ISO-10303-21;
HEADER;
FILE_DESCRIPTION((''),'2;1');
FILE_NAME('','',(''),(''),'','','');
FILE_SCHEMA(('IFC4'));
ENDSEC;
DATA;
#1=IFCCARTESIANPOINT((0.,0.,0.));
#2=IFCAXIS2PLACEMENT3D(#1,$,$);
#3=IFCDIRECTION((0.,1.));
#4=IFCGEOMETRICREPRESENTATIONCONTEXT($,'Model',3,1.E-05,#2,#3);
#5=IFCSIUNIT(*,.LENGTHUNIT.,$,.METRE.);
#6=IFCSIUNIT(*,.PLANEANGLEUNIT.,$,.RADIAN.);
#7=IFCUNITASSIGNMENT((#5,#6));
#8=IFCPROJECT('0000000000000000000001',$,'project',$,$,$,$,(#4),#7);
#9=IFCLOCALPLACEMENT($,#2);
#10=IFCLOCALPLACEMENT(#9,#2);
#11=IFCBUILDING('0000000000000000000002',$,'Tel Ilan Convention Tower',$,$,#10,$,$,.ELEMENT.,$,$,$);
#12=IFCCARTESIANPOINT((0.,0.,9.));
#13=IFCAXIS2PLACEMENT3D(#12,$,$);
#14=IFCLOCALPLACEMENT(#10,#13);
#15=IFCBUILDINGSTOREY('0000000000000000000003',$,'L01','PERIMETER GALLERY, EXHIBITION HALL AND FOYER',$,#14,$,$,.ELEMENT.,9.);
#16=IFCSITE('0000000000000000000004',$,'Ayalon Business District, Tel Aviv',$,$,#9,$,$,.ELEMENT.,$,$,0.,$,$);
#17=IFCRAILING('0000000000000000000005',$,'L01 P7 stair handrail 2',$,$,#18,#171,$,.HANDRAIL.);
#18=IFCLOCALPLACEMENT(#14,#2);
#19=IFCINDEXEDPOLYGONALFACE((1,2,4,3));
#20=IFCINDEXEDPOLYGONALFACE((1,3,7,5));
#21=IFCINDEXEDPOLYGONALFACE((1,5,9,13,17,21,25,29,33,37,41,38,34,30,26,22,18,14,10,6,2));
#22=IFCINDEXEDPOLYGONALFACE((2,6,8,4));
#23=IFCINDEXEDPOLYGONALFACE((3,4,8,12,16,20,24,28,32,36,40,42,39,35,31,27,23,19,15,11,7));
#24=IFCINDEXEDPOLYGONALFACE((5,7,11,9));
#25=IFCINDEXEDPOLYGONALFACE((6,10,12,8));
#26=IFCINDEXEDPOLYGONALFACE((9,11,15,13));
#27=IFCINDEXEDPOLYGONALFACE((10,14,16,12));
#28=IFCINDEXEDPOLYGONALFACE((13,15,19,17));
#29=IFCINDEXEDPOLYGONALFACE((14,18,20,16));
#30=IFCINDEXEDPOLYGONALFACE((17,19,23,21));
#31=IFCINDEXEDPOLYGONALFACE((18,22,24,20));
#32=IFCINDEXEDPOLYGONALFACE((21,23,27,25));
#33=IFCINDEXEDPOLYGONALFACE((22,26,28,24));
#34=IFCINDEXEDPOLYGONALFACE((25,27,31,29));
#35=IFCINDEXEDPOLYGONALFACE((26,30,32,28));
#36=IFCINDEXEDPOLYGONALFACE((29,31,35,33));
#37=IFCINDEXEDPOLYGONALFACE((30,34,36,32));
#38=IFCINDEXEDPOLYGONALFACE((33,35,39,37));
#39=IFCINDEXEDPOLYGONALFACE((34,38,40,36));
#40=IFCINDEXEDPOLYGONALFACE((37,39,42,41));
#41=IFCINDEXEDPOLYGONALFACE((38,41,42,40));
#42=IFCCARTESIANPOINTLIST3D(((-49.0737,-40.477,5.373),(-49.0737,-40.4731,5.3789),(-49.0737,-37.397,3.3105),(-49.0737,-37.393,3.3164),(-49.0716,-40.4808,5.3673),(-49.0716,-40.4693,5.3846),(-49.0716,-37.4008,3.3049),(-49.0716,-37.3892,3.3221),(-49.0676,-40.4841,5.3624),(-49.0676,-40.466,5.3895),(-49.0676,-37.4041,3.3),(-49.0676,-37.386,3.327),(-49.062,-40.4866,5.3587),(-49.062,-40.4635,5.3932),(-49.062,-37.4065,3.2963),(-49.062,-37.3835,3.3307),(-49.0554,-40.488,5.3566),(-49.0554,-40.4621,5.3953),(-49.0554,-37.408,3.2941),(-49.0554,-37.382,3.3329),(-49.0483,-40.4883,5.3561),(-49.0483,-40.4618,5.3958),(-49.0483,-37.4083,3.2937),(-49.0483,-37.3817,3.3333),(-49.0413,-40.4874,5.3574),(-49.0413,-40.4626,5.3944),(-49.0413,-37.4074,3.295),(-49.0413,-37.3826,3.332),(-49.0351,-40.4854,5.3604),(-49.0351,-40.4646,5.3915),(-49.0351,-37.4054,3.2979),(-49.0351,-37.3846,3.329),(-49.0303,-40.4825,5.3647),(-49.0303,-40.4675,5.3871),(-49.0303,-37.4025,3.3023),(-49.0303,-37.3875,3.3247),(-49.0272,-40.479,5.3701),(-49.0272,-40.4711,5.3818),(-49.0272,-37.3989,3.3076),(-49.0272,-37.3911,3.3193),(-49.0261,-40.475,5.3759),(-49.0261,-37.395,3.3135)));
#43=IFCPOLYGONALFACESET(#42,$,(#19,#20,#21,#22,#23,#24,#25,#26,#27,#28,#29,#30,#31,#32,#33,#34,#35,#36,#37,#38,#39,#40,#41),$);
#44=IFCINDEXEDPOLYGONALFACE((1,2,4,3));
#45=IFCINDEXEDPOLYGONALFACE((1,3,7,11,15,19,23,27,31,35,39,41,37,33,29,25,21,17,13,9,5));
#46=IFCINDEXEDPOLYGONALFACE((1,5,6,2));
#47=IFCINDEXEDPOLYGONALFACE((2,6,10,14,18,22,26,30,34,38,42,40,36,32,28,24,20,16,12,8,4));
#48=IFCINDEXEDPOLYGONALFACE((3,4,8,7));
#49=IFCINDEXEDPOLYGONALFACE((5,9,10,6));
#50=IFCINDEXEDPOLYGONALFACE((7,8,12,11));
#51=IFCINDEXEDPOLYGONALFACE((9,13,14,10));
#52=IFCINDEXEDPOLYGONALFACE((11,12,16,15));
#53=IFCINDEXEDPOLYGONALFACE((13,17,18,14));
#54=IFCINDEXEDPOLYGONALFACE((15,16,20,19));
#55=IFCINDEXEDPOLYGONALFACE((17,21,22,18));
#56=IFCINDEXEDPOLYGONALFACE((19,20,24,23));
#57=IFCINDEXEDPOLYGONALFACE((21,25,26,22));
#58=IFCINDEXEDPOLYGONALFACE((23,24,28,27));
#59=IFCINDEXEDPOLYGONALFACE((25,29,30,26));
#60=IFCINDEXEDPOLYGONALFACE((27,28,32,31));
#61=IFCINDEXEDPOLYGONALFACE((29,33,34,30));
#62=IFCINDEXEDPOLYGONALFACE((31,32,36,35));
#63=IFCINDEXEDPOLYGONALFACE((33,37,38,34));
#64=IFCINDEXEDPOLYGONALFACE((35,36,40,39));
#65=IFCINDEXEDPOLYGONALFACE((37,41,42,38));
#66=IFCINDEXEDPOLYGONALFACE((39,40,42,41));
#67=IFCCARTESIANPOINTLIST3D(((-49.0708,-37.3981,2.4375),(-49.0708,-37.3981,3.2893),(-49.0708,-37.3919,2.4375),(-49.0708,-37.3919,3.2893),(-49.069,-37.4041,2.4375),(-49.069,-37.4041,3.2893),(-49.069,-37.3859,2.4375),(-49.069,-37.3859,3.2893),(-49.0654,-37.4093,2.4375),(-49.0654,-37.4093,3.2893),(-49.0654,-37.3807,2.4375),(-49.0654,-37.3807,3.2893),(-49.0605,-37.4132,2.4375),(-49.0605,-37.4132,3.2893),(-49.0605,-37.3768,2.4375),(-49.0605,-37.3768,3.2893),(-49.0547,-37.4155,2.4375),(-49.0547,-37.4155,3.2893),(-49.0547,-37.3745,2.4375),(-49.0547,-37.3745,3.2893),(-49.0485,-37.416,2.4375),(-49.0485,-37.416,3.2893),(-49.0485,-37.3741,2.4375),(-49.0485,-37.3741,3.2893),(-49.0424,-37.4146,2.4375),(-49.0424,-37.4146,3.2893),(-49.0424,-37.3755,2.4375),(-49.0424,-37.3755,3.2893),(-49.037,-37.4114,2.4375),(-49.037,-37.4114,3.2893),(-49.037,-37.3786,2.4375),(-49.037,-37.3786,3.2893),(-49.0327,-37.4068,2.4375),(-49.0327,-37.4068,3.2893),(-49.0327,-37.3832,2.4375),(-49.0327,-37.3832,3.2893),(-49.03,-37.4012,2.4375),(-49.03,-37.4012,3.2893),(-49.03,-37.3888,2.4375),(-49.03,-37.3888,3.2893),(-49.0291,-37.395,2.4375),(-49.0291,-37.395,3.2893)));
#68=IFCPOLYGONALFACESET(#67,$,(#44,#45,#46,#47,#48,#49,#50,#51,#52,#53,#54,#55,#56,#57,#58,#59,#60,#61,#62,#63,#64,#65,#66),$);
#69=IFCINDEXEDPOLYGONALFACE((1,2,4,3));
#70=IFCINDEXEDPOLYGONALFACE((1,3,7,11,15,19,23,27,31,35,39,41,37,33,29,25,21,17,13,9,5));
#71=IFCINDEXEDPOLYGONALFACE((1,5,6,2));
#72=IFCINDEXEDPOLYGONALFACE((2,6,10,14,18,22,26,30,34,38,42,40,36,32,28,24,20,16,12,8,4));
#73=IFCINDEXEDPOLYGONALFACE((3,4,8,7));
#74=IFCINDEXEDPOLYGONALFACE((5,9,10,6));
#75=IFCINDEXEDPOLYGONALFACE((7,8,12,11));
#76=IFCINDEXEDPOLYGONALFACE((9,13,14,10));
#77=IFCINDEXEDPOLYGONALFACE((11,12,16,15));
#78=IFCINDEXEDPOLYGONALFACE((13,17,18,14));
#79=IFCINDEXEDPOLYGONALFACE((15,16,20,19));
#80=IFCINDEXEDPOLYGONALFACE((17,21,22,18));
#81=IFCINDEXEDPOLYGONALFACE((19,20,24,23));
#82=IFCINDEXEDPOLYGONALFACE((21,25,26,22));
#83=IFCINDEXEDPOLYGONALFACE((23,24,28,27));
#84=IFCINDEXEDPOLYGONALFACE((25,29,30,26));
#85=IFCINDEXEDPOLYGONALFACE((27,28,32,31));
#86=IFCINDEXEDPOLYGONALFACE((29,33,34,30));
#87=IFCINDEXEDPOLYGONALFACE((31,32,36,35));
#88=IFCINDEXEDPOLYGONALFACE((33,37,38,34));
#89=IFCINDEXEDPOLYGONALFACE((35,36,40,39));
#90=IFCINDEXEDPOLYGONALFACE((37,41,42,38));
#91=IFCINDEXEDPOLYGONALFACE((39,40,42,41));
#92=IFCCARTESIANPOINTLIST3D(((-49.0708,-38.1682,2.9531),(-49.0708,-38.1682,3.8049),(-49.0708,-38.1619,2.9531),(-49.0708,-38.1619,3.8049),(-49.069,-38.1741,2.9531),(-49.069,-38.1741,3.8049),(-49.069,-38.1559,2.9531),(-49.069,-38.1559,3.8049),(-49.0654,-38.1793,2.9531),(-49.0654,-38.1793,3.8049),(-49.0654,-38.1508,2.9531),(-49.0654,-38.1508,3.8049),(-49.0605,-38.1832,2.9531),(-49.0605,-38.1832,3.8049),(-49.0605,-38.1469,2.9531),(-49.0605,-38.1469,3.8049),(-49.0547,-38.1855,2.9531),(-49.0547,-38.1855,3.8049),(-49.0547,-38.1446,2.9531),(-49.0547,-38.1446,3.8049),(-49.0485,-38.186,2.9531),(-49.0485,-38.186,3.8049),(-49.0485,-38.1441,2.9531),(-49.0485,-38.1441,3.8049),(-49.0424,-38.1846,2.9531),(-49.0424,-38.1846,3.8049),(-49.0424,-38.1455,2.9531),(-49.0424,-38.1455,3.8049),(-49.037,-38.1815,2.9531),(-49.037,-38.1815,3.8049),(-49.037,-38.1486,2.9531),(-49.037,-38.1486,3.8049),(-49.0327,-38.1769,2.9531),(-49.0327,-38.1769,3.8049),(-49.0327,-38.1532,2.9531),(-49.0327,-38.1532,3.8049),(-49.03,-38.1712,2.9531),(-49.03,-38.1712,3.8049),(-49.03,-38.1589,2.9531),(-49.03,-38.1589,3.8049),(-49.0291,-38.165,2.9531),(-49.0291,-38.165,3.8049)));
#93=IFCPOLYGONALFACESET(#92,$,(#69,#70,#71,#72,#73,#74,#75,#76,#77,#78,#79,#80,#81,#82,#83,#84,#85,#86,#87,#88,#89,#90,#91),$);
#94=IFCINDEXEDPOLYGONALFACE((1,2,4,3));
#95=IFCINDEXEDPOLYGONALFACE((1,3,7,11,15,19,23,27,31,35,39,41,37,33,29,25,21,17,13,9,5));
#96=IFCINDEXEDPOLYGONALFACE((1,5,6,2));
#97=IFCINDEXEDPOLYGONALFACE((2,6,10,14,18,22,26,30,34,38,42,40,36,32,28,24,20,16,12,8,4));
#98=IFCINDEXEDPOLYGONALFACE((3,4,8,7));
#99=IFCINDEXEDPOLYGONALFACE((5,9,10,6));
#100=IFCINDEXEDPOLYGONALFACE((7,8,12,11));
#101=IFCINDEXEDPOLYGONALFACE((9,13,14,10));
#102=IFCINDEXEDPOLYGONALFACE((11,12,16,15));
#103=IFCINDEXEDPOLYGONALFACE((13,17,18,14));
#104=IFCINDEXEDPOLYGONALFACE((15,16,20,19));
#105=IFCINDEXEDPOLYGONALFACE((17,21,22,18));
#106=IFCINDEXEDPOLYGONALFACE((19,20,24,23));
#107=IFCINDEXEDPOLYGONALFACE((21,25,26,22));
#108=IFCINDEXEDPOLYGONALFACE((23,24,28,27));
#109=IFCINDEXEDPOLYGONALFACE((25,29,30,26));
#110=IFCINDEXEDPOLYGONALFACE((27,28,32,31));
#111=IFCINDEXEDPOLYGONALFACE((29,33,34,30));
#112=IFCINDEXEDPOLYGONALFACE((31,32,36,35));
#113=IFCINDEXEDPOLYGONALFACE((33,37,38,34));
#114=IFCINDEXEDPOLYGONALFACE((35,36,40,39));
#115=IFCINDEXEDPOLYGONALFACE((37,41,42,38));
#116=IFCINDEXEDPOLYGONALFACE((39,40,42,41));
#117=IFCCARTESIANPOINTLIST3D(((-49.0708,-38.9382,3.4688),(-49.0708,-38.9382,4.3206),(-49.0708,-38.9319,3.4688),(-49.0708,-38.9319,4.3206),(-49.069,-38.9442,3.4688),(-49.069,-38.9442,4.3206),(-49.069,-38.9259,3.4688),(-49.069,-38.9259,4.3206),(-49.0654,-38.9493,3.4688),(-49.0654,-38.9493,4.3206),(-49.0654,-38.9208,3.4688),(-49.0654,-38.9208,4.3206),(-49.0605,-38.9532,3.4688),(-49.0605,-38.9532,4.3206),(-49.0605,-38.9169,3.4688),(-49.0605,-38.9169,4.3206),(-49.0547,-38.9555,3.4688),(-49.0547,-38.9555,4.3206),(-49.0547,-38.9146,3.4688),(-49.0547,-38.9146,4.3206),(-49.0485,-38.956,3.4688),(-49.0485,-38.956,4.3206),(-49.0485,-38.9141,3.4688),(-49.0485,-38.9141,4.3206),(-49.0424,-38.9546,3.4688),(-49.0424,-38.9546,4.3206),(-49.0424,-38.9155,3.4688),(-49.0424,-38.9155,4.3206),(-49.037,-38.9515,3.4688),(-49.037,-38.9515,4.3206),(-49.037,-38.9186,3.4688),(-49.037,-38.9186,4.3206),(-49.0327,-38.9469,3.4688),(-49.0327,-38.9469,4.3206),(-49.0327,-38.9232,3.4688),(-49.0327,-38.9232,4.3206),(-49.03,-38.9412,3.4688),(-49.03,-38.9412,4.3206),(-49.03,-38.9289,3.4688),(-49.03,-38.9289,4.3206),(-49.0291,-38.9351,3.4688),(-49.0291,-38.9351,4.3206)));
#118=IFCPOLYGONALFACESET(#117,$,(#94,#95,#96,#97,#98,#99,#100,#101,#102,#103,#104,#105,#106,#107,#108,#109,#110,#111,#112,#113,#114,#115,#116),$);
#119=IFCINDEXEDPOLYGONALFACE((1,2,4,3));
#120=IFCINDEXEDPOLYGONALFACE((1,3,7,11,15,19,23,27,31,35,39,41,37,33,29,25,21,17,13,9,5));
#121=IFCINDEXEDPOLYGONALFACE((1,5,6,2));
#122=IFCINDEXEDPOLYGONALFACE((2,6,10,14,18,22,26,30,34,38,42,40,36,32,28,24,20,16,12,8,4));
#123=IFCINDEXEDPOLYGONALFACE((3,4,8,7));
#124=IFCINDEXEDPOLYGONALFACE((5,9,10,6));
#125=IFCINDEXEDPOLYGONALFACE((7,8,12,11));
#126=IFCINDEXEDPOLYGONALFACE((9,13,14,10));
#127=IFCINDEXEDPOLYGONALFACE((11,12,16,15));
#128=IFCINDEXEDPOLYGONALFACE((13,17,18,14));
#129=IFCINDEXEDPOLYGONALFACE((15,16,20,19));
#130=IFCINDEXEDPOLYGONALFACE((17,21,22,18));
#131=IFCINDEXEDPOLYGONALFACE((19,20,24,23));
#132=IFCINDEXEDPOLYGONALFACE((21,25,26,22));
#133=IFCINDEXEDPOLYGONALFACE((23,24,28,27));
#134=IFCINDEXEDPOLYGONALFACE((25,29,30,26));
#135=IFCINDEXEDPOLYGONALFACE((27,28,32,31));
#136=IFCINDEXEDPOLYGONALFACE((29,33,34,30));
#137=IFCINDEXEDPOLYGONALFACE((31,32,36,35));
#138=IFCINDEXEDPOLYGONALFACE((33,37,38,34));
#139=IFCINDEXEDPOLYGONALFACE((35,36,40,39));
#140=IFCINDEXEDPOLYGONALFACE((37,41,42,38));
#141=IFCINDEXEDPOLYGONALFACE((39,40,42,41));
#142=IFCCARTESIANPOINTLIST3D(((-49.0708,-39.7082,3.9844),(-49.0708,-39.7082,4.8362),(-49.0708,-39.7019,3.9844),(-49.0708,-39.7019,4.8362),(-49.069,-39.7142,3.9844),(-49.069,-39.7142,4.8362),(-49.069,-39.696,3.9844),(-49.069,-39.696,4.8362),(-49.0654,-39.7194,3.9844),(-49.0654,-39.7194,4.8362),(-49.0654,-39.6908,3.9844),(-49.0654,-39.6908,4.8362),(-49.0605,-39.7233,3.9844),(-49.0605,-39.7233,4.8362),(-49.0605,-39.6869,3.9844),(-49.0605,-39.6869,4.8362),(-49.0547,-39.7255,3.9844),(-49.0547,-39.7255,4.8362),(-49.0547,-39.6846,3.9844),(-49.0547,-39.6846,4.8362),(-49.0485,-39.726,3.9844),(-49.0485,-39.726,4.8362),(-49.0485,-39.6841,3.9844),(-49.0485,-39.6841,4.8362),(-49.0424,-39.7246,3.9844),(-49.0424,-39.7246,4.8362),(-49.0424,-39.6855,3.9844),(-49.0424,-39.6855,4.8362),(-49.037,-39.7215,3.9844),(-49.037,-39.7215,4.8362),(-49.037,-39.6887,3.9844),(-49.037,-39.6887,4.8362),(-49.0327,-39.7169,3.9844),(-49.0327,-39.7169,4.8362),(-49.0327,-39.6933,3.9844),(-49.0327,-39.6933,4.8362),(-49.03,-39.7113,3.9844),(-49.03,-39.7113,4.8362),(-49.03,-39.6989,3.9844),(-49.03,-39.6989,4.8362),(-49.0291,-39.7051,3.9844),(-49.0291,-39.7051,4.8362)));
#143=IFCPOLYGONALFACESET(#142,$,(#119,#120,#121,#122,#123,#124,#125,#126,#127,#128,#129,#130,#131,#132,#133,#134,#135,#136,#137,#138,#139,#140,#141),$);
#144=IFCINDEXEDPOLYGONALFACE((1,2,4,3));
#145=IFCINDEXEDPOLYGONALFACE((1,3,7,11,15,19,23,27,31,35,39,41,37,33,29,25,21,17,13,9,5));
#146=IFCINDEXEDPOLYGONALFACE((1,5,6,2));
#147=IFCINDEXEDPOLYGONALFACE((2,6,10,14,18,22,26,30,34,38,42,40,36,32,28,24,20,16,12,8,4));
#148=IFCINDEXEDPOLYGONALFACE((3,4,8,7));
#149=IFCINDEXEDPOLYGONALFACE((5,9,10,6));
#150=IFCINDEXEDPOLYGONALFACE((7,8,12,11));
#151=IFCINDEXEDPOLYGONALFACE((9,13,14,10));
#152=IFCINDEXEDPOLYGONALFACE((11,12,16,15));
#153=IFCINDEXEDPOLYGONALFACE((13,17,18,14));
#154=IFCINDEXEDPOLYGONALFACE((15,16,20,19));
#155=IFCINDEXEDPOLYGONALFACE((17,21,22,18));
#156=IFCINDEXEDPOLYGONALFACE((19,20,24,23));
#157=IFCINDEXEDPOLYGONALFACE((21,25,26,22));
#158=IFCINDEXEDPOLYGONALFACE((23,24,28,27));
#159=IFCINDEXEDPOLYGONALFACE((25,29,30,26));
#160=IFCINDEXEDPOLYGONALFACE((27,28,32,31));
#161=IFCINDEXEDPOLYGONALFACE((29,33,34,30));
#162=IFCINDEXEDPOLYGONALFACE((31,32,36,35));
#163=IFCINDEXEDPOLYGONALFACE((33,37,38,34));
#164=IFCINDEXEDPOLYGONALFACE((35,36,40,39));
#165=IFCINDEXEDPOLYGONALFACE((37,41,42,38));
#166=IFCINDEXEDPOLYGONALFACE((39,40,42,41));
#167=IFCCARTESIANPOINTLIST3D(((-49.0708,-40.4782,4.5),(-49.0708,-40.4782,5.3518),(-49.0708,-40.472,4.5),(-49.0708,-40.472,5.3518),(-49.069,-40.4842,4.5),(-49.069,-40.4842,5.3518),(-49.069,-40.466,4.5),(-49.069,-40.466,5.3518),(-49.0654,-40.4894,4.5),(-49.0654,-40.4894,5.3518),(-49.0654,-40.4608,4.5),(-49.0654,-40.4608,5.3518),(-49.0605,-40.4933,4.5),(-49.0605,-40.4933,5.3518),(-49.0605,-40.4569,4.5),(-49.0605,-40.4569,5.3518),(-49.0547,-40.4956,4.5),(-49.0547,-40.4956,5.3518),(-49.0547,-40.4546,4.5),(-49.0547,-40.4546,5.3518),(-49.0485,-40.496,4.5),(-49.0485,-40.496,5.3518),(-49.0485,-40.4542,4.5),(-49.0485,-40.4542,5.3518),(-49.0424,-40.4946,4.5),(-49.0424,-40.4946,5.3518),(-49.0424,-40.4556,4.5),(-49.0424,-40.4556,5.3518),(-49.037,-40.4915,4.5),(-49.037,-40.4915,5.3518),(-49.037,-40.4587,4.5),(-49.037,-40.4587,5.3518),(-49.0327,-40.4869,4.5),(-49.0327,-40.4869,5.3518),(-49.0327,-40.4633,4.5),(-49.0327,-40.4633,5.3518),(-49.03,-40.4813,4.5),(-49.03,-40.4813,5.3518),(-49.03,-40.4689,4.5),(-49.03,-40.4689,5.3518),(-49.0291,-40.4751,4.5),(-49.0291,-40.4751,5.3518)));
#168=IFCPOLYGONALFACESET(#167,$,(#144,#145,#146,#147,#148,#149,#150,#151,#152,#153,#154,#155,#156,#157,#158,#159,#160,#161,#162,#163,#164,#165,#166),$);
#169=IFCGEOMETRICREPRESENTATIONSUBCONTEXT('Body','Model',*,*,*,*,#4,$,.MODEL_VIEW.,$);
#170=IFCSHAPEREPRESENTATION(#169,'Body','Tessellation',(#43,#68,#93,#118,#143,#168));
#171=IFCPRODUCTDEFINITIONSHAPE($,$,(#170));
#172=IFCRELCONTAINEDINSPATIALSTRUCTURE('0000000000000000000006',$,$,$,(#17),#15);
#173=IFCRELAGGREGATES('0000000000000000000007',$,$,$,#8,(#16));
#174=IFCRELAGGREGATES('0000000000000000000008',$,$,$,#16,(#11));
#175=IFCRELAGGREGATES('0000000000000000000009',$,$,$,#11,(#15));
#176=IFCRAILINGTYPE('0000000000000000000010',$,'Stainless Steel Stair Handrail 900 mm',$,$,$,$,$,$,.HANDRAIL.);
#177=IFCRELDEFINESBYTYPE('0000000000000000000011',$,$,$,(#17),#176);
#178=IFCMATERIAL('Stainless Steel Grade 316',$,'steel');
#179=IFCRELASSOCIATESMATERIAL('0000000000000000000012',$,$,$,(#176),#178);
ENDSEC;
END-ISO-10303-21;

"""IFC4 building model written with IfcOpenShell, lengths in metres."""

from ifc_helpers import new_model, si_unit, direction, frame, origin, origin_2d, place, context, subcontext, project, spatial, circle, extrude, material, type_object, element, save


model = new_model("IFC4")

# Units and contexts
model_context = context("Model", 3, precision=1e-05, world=origin(), true_north=direction((0.0, 1.0)))
body_context = subcontext(model_context, "Body", "Model", "MODEL_VIEW")
ifc_project = project(units=[si_unit("LENGTHUNIT", "METRE"), si_unit("PLANEANGLEUNIT", "RADIAN")], contexts=[model_context])

# Site, building, storey
site_placement = place(None, origin())
site = spatial("IfcSite", under=ifc_project, at=site_placement, Name="Ayalon Business District, Tel Aviv", CompositionType="ELEMENT", RefElevation=0.0)
building_placement = place(site_placement, origin())
building = spatial("IfcBuilding", under=site, at=building_placement, Name="Tel Ilan Convention Tower", CompositionType="ELEMENT")
storey_placement = place(building_placement, frame((0.0, 0.0, 9.0)))
storey = spatial("IfcBuildingStorey", under=building, at=storey_placement, Name="L01", Description="PERIMETER GALLERY, EXHIBITION HALL AND FOYER", CompositionType="ELEMENT", Elevation=9.0)

# Railing
ifc_material_1 = material(Name="Stainless Steel Grade 316", Category="steel")
railing_type_1 = type_object("IfcRailingType", Name="Stainless Steel Stair Handrail 900 mm", PredefinedType="HANDRAIL", material=ifc_material_1)
railing_1_placement = place(storey_placement, frame((-49.05, -37.395, 2.4375)))
element("IfcRailing", 1, at=railing_1_placement, inside=storey, type_object=railing_type_1, Name="L01 P7 stair handrail 2", PredefinedType="HANDRAIL", context=body_context, shape_type="SweptSolid", body=[
    extrude(circle(Radius=0.0239, at=origin_2d()), frame((0.0, 0.0, 0.876), z_axis=(0.0, -0.830914, 0.556401), x_axis=(1.0, 0.0, 0.0)), (0.0, 0.0, 1.0), 3.7068),
    extrude(circle(Radius=0.021, at=origin_2d()), origin(), (0.0, 0.0, 1.0), 0.8518),
    extrude(circle(Radius=0.021, at=origin_2d()), frame((0.0, -0.77, 0.5156)), (0.0, 0.0, 1.0), 0.8518),
    extrude(circle(Radius=0.021, at=origin_2d()), frame((0.0, -1.54, 1.0312)), (0.0, 0.0, 1.0), 0.8518),
    extrude(circle(Radius=0.021, at=origin_2d()), frame((0.0, -2.3101, 1.5469)), (0.0, 0.0, 1.0), 0.8518),
    extrude(circle(Radius=0.021, at=origin_2d()), frame((0.0, -3.0801, 2.0625)), (0.0, 0.0, 1.0), 0.8518),
])

save(model, "model.ifc")
